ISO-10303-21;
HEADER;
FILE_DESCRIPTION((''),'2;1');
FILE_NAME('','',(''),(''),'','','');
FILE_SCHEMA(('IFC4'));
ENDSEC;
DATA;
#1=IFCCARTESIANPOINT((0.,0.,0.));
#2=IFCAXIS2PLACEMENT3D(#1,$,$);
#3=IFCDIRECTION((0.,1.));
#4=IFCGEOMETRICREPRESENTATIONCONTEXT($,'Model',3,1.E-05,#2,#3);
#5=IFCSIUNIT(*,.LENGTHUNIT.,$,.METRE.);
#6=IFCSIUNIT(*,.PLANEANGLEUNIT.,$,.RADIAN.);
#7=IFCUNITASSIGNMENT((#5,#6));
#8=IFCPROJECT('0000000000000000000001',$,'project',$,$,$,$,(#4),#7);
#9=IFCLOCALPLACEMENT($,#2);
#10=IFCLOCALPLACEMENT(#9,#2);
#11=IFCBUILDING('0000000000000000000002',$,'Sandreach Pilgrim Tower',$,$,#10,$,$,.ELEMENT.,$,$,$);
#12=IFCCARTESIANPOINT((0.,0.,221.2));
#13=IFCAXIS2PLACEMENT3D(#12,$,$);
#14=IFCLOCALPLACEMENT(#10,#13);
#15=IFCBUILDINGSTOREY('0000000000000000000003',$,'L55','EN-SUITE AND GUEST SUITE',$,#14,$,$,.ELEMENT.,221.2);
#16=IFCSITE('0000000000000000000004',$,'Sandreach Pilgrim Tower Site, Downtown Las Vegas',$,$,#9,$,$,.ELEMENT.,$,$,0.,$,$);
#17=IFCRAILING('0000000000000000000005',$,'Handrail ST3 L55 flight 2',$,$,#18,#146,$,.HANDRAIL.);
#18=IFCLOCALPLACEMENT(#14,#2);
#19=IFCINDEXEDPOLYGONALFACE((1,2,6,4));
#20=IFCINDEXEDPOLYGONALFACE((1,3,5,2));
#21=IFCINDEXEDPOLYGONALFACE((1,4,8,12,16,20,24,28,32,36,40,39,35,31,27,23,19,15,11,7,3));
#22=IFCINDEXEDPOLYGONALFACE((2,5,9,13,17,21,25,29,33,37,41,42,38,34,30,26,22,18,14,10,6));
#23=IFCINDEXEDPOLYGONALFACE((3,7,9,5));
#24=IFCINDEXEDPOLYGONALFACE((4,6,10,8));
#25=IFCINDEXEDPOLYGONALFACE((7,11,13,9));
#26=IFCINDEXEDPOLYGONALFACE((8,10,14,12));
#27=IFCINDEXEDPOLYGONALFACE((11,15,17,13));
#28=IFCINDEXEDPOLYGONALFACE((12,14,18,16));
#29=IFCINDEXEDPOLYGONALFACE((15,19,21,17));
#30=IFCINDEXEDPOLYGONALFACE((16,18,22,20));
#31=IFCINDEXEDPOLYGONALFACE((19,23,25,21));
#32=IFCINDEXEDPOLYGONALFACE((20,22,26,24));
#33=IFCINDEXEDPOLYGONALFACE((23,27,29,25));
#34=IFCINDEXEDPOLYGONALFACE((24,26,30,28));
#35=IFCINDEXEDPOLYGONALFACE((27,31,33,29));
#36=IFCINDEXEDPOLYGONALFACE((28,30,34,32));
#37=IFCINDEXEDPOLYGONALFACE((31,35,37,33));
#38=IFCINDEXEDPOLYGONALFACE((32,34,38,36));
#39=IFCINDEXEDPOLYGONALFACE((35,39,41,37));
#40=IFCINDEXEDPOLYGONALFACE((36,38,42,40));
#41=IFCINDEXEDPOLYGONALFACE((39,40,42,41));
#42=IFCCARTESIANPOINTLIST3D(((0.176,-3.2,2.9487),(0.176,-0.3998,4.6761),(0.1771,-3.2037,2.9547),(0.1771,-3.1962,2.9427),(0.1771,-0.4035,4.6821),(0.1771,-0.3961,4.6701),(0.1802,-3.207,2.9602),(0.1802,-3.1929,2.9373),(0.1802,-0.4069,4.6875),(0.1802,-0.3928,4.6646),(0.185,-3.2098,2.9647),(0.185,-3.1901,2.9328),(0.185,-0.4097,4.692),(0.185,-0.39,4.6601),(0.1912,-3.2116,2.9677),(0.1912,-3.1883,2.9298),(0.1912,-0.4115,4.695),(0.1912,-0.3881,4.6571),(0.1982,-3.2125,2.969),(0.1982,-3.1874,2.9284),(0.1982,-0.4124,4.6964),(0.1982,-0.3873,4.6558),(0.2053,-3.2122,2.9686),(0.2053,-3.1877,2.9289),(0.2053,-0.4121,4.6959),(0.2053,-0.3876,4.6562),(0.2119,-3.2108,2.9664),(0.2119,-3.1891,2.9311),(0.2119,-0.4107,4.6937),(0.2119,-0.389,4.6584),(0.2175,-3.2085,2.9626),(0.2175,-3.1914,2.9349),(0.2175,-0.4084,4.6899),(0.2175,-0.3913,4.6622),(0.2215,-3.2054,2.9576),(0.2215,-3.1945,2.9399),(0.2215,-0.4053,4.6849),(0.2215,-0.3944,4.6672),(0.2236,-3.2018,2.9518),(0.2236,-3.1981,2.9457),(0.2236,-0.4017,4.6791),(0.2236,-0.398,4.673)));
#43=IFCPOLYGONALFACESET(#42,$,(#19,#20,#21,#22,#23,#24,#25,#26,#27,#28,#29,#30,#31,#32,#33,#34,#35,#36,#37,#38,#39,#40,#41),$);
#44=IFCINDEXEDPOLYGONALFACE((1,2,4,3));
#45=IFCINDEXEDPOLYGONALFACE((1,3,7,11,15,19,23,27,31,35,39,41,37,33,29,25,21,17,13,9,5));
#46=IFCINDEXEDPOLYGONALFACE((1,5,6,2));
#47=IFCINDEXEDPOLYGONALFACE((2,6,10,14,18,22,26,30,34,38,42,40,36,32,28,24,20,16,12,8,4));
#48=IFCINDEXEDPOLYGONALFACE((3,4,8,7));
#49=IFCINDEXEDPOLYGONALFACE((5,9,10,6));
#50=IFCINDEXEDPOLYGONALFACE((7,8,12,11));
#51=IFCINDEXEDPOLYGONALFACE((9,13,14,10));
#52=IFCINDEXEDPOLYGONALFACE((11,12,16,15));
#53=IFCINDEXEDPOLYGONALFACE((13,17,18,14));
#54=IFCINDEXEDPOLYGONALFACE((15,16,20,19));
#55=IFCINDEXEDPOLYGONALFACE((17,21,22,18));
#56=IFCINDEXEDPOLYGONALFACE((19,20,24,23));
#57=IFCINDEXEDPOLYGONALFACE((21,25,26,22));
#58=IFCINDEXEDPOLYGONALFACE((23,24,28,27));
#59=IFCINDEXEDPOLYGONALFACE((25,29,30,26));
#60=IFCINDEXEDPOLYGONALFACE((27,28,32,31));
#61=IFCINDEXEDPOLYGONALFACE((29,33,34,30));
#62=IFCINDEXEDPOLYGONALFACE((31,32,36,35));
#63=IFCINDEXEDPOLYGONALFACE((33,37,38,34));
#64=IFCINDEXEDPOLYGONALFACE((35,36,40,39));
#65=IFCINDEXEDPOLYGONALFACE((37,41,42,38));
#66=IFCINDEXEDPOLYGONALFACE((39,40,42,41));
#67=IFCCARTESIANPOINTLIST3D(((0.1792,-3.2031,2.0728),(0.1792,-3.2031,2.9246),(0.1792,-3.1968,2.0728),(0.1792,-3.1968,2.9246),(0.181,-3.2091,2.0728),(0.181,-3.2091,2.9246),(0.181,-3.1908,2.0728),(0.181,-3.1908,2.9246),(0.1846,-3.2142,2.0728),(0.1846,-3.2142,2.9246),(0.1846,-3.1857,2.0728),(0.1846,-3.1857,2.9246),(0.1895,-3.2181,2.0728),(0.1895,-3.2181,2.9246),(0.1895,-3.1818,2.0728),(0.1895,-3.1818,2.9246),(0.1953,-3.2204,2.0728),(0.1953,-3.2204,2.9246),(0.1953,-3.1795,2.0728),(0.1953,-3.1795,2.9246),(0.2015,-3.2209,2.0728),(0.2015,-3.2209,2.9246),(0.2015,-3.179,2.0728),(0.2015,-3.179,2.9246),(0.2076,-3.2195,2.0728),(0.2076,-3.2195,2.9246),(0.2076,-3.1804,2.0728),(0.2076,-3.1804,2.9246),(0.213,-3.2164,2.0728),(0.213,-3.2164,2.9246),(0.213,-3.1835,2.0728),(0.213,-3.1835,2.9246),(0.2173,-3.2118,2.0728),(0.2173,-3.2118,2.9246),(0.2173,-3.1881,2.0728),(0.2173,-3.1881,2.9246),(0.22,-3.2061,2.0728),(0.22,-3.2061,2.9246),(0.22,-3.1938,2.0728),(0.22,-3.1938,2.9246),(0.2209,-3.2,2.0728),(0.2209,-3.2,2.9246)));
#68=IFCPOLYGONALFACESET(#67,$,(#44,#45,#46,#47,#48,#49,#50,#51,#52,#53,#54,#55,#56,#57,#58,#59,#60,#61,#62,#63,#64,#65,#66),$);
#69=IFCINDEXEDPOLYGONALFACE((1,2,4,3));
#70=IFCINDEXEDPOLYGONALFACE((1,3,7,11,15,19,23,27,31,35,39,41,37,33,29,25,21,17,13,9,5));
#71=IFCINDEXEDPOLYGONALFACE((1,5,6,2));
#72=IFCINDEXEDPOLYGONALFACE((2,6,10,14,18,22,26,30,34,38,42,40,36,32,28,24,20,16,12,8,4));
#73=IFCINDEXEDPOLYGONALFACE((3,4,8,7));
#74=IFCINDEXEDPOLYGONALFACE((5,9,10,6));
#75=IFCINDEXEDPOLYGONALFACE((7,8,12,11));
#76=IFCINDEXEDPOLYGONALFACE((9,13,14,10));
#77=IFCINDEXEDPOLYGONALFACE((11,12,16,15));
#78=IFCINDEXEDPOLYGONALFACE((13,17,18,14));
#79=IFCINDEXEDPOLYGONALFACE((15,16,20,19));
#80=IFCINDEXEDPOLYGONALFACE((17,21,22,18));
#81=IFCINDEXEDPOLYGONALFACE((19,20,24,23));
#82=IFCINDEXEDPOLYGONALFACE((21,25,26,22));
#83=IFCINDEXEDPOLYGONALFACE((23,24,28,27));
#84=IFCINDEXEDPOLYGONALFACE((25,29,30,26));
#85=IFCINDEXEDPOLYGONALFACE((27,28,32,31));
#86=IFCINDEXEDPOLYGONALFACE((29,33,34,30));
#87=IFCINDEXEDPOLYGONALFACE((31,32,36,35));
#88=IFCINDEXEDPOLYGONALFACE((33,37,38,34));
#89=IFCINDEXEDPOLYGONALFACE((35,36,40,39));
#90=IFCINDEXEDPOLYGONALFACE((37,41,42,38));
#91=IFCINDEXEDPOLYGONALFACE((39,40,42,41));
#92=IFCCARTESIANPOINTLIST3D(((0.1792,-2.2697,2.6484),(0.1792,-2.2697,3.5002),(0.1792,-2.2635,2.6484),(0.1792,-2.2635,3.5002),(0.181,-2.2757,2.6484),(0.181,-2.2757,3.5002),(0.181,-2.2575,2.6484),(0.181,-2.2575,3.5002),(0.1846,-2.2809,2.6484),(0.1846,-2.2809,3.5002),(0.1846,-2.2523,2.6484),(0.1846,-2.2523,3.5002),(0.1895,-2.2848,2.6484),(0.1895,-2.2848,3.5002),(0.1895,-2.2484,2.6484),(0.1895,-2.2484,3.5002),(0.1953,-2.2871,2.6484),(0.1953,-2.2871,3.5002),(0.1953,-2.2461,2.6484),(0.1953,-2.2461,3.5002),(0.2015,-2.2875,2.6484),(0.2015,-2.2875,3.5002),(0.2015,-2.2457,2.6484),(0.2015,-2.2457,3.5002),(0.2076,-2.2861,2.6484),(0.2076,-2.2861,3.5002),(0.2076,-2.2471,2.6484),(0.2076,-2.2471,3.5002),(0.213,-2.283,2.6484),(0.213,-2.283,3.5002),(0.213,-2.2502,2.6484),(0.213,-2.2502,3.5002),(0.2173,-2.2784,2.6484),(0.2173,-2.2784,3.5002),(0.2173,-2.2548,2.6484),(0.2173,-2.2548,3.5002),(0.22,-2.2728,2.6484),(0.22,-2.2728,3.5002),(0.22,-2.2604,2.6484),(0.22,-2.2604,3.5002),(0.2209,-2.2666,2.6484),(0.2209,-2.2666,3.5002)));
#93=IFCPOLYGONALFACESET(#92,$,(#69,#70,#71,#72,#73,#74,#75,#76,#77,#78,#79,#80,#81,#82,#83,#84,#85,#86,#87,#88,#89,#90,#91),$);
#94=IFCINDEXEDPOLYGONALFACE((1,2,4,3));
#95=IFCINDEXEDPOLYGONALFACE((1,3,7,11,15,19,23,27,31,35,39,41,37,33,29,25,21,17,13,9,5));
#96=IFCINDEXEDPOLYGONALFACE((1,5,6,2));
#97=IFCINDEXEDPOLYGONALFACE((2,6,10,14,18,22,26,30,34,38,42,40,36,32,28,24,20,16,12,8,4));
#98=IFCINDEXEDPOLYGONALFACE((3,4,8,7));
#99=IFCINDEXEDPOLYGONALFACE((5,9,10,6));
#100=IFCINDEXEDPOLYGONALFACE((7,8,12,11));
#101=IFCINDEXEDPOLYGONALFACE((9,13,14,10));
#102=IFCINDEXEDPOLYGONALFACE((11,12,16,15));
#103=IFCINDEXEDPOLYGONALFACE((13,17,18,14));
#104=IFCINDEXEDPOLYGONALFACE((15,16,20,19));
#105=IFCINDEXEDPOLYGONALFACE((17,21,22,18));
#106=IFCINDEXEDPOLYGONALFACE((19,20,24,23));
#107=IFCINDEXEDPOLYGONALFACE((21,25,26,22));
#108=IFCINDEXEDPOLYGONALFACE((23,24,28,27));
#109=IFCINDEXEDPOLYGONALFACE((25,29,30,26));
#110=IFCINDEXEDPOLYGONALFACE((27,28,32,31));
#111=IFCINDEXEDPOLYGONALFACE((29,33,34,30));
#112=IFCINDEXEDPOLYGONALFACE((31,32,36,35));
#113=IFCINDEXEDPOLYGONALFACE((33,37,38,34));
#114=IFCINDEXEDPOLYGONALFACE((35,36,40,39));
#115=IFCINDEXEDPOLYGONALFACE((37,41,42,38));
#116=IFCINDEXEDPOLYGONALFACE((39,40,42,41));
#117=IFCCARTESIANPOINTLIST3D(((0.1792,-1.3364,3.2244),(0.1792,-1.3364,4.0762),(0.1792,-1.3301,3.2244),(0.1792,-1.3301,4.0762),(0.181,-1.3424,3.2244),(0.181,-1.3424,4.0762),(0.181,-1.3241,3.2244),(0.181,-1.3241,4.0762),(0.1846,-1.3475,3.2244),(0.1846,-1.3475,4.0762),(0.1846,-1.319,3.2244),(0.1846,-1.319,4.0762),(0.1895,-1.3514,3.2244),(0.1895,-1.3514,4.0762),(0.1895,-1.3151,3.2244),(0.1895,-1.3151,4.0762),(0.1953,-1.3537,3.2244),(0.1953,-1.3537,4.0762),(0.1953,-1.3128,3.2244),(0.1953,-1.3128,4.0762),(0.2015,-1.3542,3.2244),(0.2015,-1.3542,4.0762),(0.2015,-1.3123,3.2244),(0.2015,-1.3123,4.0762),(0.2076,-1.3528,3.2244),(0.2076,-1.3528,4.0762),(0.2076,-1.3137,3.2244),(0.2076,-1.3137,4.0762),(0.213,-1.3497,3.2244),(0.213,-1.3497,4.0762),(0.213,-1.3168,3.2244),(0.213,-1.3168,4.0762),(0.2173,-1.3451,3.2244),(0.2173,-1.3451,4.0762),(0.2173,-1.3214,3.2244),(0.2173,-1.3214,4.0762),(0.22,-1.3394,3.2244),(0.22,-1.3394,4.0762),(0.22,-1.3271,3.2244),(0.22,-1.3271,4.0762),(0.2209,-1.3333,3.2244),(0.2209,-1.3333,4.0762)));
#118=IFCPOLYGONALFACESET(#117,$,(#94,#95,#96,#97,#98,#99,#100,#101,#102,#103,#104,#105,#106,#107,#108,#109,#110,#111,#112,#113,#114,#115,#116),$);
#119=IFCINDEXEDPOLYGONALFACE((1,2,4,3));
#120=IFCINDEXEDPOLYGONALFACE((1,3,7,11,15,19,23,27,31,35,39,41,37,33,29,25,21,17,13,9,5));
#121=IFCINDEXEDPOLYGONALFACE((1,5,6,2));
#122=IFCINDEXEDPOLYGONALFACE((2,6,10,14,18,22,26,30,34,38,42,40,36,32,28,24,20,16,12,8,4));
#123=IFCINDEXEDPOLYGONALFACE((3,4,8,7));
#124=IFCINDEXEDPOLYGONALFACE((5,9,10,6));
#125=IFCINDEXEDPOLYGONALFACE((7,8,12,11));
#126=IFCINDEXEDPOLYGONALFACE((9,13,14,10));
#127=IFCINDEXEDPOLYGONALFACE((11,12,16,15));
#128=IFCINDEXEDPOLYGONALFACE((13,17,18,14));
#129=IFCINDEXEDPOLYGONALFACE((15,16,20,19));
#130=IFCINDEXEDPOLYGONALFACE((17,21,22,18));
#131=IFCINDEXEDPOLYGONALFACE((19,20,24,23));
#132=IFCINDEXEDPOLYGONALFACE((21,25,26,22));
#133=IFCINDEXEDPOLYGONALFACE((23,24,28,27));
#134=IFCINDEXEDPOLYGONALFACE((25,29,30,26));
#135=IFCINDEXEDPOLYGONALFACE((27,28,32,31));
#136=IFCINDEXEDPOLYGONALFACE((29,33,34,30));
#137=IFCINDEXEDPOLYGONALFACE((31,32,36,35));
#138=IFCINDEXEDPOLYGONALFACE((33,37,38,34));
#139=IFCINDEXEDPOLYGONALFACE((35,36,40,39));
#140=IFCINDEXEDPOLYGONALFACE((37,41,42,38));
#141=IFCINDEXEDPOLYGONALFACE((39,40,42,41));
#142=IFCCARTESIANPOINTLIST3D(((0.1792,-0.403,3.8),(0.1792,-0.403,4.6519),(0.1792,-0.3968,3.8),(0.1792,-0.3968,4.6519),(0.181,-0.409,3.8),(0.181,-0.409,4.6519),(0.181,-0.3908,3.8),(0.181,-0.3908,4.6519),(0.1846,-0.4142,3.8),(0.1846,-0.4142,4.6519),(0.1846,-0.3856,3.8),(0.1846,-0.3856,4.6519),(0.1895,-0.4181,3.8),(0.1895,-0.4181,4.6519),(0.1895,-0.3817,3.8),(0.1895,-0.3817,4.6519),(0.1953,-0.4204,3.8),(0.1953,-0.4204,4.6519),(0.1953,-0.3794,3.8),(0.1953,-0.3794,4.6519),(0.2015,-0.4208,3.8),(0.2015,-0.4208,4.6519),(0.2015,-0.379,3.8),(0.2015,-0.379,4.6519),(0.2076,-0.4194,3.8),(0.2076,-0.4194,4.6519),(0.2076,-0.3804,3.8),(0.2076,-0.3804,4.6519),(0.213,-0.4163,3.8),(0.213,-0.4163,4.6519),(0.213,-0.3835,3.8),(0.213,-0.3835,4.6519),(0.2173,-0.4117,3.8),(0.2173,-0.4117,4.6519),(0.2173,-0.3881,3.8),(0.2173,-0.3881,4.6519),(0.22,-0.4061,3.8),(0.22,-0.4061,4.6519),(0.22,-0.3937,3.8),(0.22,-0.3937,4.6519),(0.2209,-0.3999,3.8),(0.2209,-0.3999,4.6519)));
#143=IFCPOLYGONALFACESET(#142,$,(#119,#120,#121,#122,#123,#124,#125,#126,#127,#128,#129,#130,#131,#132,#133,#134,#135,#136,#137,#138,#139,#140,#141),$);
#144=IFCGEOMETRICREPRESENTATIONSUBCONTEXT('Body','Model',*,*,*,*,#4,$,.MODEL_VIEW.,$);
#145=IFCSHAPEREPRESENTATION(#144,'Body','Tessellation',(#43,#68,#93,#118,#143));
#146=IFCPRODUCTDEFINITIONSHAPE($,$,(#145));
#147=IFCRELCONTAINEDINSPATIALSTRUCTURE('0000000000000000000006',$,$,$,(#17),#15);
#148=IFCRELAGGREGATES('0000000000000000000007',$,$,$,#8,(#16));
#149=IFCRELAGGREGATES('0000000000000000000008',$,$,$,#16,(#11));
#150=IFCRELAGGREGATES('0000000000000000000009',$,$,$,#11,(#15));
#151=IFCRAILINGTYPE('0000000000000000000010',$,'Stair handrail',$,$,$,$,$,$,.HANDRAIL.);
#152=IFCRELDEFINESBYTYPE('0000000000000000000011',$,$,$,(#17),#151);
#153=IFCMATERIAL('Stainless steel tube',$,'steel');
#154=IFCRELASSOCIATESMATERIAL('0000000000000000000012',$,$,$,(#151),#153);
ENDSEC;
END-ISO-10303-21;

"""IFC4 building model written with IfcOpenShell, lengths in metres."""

from ifc_helpers import new_model, si_unit, direction, frame, origin, origin_2d, place, context, subcontext, project, spatial, circle, extrude, material, type_object, element, save


model = new_model("IFC4")

# Units and contexts
model_context = context("Model", 3, precision=1e-05, world=origin(), true_north=direction((0.0, 1.0)))
body_context = subcontext(model_context, "Body", "Model", "MODEL_VIEW")
ifc_project = project(units=[si_unit("LENGTHUNIT", "METRE"), si_unit("PLANEANGLEUNIT", "RADIAN")], contexts=[model_context])

# Site, building, storey
site_placement = place(None, origin())
site = spatial("IfcSite", under=ifc_project, at=site_placement, Name="Sandreach Pilgrim Tower Site, Downtown Las Vegas", CompositionType="ELEMENT", RefElevation=0.0)
building_placement = place(site_placement, origin())
building = spatial("IfcBuilding", under=site, at=building_placement, Name="Sandreach Pilgrim Tower", CompositionType="ELEMENT")
storey_placement = place(building_placement, frame((0.0, 0.0, 221.2)))
storey = spatial("IfcBuildingStorey", under=building, at=storey_placement, Name="L55", Description="EN-SUITE AND GUEST SUITE", CompositionType="ELEMENT", Elevation=221.2)

# Railing
ifc_material_1 = material(Name="Stainless steel tube", Category="steel")
railing_type = type_object("IfcRailingType", Name="Stair handrail", PredefinedType="HANDRAIL", material=ifc_material_1)
for number, where, name in (
    (1, (0.2, -3.2, 2.0728), "Handrail ST3 L55 flight 2"),
):
    element("IfcRailing", number, at=place(storey_placement, frame(where)), inside=storey, type_object=railing_type, Name=name, PredefinedType="HANDRAIL", context=body_context, shape_type="SweptSolid", body=[
        extrude(circle(Radius=0.0239, at=origin_2d()), frame((0.0, 0.0, 0.876), z_axis=(0.0, 0.85109, 0.52502), x_axis=(-1.0, 0.0, 0.0)), (0.0, 0.0, 1.0), 3.29),
        extrude(circle(Radius=0.021, at=origin_2d()), origin(), (0.0, 0.0, 1.0), 0.8518),
        extrude(circle(Radius=0.021, at=origin_2d()), frame((0.0, 0.9333, 0.5757)), (0.0, 0.0, 1.0), 0.8518),
        extrude(circle(Radius=0.021, at=origin_2d()), frame((0.0, 1.8667, 1.1516)), (0.0, 0.0, 1.0), 0.8518),
        extrude(circle(Radius=0.021, at=origin_2d()), frame((0.0, 2.8, 1.7273)), (0.0, 0.0, 1.0), 0.8518),
    ])

save(model, "model.ifc")
